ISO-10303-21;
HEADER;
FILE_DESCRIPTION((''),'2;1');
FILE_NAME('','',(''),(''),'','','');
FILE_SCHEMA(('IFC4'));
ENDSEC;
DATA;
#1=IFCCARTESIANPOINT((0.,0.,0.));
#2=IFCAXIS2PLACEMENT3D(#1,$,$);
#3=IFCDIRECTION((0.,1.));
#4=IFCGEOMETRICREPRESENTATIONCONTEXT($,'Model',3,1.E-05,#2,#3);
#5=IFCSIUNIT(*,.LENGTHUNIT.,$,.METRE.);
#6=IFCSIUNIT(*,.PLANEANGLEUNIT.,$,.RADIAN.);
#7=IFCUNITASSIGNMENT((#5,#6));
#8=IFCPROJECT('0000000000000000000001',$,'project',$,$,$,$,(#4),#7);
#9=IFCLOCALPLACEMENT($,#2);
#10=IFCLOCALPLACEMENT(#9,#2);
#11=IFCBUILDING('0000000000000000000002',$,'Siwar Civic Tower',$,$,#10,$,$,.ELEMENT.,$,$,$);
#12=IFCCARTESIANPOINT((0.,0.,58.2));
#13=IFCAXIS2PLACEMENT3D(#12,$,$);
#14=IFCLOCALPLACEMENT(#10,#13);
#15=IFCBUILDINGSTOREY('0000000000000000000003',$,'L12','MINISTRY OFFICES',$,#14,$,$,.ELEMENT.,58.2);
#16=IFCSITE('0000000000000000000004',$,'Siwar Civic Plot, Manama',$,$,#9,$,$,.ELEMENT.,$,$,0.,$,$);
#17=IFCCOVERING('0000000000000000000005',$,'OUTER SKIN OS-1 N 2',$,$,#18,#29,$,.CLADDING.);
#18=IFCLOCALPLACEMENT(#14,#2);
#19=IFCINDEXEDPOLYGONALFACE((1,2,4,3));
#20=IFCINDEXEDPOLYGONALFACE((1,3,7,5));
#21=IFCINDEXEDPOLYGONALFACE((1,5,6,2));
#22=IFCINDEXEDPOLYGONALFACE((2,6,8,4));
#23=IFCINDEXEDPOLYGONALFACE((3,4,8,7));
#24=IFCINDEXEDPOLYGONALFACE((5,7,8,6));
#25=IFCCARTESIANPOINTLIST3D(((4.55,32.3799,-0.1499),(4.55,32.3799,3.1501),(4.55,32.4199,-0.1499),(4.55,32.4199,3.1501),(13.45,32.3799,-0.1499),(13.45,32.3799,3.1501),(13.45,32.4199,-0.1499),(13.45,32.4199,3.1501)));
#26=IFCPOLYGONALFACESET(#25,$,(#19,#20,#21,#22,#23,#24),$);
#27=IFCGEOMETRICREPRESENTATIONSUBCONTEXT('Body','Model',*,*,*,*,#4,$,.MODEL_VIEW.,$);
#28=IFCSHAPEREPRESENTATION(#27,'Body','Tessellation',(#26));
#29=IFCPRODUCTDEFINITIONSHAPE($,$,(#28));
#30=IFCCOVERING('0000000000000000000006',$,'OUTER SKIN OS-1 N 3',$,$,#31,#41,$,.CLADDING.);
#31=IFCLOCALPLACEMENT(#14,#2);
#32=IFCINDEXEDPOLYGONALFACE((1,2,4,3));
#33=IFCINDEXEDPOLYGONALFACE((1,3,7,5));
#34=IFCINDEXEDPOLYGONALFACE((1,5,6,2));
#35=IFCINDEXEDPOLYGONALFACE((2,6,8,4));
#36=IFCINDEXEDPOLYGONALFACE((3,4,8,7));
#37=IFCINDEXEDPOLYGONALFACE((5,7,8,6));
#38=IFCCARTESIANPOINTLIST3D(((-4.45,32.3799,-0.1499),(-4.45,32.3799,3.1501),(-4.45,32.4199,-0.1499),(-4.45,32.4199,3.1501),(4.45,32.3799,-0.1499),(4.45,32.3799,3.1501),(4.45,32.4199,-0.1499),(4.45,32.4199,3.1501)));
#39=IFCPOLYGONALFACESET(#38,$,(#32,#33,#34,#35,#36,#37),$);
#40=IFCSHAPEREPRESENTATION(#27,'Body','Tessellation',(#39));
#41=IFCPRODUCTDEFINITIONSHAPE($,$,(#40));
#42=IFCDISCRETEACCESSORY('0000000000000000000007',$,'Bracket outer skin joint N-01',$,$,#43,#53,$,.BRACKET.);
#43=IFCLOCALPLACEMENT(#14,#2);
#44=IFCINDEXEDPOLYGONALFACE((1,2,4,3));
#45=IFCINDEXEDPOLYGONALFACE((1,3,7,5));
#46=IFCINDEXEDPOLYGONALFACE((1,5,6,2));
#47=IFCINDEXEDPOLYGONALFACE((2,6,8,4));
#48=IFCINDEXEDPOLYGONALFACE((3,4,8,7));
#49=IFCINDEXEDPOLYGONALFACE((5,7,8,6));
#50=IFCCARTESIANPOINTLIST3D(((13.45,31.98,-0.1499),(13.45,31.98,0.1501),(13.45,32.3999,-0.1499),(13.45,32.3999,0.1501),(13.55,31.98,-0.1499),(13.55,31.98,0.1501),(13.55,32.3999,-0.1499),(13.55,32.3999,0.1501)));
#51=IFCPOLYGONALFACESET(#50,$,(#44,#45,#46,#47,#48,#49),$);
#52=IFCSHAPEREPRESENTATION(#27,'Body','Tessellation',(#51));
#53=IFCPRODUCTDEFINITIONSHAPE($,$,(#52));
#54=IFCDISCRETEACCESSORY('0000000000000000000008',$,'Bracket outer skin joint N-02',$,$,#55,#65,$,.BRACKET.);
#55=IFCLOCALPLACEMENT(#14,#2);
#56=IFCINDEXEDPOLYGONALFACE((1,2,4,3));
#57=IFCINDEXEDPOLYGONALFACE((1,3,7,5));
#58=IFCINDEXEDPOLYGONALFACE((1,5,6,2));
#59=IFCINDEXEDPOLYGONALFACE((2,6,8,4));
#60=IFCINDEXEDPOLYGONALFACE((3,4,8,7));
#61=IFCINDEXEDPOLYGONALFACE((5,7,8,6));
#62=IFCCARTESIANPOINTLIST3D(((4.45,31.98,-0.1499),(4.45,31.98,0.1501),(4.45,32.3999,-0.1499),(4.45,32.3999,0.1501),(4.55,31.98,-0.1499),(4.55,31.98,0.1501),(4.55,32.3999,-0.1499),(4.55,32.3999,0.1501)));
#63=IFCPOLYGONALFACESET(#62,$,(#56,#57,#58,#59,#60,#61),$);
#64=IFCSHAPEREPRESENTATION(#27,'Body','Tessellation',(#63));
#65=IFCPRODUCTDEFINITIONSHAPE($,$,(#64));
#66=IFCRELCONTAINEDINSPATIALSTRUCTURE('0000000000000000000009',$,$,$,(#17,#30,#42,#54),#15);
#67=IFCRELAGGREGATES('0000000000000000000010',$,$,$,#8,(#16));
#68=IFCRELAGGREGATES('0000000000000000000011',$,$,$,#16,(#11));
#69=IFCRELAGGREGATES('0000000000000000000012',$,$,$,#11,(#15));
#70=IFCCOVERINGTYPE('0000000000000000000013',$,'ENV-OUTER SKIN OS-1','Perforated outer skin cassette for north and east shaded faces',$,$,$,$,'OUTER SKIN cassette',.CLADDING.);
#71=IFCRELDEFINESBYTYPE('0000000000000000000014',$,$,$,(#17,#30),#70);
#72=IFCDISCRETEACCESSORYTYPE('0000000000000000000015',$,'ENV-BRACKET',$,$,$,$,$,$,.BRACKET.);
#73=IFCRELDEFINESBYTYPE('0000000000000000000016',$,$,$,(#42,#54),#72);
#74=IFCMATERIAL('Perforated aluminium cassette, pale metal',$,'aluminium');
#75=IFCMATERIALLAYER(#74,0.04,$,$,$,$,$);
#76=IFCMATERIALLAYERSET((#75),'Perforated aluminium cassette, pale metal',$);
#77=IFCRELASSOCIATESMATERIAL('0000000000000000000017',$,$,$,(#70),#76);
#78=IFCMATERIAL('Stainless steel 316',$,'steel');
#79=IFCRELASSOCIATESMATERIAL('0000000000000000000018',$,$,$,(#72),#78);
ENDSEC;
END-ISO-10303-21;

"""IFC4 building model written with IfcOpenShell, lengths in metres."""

from ifc_helpers import new_model, si_unit, direction, frame, origin, origin_2d, place, context, subcontext, project, spatial, rectangle, extrude, material, layer, layer_set, type_object, element, save


model = new_model("IFC4")

# Units and contexts
model_context = context("Model", 3, precision=1e-05, world=origin(), true_north=direction((0.0, 1.0)))
body_context = subcontext(model_context, "Body", "Model", "MODEL_VIEW")
ifc_project = project(units=[si_unit("LENGTHUNIT", "METRE"), si_unit("PLANEANGLEUNIT", "RADIAN")], contexts=[model_context])

# Site, building, storey
site_placement = place(None, origin())
site = spatial("IfcSite", under=ifc_project, at=site_placement, Name="Siwar Civic Plot, Manama", CompositionType="ELEMENT", RefElevation=0.0)
building_placement = place(site_placement, origin())
building = spatial("IfcBuilding", under=site, at=building_placement, Name="Siwar Civic Tower", CompositionType="ELEMENT")
storey_placement = place(building_placement, frame((0.0, 0.0, 58.2)))
storey = spatial("IfcBuildingStorey", under=building, at=storey_placement, Name="L12", Description="MINISTRY OFFICES", CompositionType="ELEMENT", Elevation=58.2)

# Coverings
ifc_material_1 = material(Name="Perforated aluminium cassette, pale metal", Category="aluminium")
ifc_layer_1 = layer(ifc_material_1, 0.04)
ifc_layer_set_1 = layer_set([ifc_layer_1], Name="Perforated aluminium cassette, pale metal")
covering_type = type_object("IfcCoveringType", Name="ENV-OUTER SKIN OS-1", Description="Perforated outer skin cassette for north and east shaded faces", ElementType="OUTER SKIN cassette", PredefinedType="CLADDING", material=ifc_layer_set_1)
for number, where, z_axis, x_axis, name in (
    (1, (9.0, 32.3999, -0.1499), (0.0, 0.0, 1.0), (-1.0, 0.0, 0.0), "OUTER SKIN OS-1 N 2"),
    (2, (0.0, 32.3999, -0.1499), (0.0, 0.0, 1.0), (-1.0, 0.0, 0.0), "OUTER SKIN OS-1 N 3"),
):
    element("IfcCovering", number, at=place(storey_placement, frame(where, z_axis=z_axis, x_axis=x_axis)), inside=storey, type_object=covering_type, Name=name, PredefinedType="CLADDING", context=body_context, shape_type="SweptSolid", body=[
        extrude(rectangle(XDim=8.8999, YDim=0.04, at=origin_2d()), origin(), (0.0, 0.0, 1.0), 3.3),
    ])

# Discrete accessories
ifc_material_2 = material(Name="Stainless steel 316", Category="steel")
discrete_accessory_type = type_object("IfcDiscreteAccessoryType", Name="ENV-BRACKET", PredefinedType="BRACKET", material=ifc_material_2)
for number, where, z_axis, x_axis, name in (
    (3, (13.5, 32.1899, -0.1499), (0.0, 0.0, 1.0), (0.0, 1.0, 0.0), "Bracket outer skin joint N-01"),
    (4, (4.5, 32.1899, -0.1499), (0.0, 0.0, 1.0), (0.0, 1.0, 0.0), "Bracket outer skin joint N-02"),
):
    element("IfcDiscreteAccessory", number, at=place(storey_placement, frame(where, z_axis=z_axis, x_axis=x_axis)), inside=storey, type_object=discrete_accessory_type, Name=name, PredefinedType="BRACKET", context=body_context, shape_type="SweptSolid", body=[
        extrude(rectangle(XDim=0.4199, YDim=0.1001, at=origin_2d()), origin(), (0.0, 0.0, 1.0), 0.3),
    ])

save(model, "model.ifc")
